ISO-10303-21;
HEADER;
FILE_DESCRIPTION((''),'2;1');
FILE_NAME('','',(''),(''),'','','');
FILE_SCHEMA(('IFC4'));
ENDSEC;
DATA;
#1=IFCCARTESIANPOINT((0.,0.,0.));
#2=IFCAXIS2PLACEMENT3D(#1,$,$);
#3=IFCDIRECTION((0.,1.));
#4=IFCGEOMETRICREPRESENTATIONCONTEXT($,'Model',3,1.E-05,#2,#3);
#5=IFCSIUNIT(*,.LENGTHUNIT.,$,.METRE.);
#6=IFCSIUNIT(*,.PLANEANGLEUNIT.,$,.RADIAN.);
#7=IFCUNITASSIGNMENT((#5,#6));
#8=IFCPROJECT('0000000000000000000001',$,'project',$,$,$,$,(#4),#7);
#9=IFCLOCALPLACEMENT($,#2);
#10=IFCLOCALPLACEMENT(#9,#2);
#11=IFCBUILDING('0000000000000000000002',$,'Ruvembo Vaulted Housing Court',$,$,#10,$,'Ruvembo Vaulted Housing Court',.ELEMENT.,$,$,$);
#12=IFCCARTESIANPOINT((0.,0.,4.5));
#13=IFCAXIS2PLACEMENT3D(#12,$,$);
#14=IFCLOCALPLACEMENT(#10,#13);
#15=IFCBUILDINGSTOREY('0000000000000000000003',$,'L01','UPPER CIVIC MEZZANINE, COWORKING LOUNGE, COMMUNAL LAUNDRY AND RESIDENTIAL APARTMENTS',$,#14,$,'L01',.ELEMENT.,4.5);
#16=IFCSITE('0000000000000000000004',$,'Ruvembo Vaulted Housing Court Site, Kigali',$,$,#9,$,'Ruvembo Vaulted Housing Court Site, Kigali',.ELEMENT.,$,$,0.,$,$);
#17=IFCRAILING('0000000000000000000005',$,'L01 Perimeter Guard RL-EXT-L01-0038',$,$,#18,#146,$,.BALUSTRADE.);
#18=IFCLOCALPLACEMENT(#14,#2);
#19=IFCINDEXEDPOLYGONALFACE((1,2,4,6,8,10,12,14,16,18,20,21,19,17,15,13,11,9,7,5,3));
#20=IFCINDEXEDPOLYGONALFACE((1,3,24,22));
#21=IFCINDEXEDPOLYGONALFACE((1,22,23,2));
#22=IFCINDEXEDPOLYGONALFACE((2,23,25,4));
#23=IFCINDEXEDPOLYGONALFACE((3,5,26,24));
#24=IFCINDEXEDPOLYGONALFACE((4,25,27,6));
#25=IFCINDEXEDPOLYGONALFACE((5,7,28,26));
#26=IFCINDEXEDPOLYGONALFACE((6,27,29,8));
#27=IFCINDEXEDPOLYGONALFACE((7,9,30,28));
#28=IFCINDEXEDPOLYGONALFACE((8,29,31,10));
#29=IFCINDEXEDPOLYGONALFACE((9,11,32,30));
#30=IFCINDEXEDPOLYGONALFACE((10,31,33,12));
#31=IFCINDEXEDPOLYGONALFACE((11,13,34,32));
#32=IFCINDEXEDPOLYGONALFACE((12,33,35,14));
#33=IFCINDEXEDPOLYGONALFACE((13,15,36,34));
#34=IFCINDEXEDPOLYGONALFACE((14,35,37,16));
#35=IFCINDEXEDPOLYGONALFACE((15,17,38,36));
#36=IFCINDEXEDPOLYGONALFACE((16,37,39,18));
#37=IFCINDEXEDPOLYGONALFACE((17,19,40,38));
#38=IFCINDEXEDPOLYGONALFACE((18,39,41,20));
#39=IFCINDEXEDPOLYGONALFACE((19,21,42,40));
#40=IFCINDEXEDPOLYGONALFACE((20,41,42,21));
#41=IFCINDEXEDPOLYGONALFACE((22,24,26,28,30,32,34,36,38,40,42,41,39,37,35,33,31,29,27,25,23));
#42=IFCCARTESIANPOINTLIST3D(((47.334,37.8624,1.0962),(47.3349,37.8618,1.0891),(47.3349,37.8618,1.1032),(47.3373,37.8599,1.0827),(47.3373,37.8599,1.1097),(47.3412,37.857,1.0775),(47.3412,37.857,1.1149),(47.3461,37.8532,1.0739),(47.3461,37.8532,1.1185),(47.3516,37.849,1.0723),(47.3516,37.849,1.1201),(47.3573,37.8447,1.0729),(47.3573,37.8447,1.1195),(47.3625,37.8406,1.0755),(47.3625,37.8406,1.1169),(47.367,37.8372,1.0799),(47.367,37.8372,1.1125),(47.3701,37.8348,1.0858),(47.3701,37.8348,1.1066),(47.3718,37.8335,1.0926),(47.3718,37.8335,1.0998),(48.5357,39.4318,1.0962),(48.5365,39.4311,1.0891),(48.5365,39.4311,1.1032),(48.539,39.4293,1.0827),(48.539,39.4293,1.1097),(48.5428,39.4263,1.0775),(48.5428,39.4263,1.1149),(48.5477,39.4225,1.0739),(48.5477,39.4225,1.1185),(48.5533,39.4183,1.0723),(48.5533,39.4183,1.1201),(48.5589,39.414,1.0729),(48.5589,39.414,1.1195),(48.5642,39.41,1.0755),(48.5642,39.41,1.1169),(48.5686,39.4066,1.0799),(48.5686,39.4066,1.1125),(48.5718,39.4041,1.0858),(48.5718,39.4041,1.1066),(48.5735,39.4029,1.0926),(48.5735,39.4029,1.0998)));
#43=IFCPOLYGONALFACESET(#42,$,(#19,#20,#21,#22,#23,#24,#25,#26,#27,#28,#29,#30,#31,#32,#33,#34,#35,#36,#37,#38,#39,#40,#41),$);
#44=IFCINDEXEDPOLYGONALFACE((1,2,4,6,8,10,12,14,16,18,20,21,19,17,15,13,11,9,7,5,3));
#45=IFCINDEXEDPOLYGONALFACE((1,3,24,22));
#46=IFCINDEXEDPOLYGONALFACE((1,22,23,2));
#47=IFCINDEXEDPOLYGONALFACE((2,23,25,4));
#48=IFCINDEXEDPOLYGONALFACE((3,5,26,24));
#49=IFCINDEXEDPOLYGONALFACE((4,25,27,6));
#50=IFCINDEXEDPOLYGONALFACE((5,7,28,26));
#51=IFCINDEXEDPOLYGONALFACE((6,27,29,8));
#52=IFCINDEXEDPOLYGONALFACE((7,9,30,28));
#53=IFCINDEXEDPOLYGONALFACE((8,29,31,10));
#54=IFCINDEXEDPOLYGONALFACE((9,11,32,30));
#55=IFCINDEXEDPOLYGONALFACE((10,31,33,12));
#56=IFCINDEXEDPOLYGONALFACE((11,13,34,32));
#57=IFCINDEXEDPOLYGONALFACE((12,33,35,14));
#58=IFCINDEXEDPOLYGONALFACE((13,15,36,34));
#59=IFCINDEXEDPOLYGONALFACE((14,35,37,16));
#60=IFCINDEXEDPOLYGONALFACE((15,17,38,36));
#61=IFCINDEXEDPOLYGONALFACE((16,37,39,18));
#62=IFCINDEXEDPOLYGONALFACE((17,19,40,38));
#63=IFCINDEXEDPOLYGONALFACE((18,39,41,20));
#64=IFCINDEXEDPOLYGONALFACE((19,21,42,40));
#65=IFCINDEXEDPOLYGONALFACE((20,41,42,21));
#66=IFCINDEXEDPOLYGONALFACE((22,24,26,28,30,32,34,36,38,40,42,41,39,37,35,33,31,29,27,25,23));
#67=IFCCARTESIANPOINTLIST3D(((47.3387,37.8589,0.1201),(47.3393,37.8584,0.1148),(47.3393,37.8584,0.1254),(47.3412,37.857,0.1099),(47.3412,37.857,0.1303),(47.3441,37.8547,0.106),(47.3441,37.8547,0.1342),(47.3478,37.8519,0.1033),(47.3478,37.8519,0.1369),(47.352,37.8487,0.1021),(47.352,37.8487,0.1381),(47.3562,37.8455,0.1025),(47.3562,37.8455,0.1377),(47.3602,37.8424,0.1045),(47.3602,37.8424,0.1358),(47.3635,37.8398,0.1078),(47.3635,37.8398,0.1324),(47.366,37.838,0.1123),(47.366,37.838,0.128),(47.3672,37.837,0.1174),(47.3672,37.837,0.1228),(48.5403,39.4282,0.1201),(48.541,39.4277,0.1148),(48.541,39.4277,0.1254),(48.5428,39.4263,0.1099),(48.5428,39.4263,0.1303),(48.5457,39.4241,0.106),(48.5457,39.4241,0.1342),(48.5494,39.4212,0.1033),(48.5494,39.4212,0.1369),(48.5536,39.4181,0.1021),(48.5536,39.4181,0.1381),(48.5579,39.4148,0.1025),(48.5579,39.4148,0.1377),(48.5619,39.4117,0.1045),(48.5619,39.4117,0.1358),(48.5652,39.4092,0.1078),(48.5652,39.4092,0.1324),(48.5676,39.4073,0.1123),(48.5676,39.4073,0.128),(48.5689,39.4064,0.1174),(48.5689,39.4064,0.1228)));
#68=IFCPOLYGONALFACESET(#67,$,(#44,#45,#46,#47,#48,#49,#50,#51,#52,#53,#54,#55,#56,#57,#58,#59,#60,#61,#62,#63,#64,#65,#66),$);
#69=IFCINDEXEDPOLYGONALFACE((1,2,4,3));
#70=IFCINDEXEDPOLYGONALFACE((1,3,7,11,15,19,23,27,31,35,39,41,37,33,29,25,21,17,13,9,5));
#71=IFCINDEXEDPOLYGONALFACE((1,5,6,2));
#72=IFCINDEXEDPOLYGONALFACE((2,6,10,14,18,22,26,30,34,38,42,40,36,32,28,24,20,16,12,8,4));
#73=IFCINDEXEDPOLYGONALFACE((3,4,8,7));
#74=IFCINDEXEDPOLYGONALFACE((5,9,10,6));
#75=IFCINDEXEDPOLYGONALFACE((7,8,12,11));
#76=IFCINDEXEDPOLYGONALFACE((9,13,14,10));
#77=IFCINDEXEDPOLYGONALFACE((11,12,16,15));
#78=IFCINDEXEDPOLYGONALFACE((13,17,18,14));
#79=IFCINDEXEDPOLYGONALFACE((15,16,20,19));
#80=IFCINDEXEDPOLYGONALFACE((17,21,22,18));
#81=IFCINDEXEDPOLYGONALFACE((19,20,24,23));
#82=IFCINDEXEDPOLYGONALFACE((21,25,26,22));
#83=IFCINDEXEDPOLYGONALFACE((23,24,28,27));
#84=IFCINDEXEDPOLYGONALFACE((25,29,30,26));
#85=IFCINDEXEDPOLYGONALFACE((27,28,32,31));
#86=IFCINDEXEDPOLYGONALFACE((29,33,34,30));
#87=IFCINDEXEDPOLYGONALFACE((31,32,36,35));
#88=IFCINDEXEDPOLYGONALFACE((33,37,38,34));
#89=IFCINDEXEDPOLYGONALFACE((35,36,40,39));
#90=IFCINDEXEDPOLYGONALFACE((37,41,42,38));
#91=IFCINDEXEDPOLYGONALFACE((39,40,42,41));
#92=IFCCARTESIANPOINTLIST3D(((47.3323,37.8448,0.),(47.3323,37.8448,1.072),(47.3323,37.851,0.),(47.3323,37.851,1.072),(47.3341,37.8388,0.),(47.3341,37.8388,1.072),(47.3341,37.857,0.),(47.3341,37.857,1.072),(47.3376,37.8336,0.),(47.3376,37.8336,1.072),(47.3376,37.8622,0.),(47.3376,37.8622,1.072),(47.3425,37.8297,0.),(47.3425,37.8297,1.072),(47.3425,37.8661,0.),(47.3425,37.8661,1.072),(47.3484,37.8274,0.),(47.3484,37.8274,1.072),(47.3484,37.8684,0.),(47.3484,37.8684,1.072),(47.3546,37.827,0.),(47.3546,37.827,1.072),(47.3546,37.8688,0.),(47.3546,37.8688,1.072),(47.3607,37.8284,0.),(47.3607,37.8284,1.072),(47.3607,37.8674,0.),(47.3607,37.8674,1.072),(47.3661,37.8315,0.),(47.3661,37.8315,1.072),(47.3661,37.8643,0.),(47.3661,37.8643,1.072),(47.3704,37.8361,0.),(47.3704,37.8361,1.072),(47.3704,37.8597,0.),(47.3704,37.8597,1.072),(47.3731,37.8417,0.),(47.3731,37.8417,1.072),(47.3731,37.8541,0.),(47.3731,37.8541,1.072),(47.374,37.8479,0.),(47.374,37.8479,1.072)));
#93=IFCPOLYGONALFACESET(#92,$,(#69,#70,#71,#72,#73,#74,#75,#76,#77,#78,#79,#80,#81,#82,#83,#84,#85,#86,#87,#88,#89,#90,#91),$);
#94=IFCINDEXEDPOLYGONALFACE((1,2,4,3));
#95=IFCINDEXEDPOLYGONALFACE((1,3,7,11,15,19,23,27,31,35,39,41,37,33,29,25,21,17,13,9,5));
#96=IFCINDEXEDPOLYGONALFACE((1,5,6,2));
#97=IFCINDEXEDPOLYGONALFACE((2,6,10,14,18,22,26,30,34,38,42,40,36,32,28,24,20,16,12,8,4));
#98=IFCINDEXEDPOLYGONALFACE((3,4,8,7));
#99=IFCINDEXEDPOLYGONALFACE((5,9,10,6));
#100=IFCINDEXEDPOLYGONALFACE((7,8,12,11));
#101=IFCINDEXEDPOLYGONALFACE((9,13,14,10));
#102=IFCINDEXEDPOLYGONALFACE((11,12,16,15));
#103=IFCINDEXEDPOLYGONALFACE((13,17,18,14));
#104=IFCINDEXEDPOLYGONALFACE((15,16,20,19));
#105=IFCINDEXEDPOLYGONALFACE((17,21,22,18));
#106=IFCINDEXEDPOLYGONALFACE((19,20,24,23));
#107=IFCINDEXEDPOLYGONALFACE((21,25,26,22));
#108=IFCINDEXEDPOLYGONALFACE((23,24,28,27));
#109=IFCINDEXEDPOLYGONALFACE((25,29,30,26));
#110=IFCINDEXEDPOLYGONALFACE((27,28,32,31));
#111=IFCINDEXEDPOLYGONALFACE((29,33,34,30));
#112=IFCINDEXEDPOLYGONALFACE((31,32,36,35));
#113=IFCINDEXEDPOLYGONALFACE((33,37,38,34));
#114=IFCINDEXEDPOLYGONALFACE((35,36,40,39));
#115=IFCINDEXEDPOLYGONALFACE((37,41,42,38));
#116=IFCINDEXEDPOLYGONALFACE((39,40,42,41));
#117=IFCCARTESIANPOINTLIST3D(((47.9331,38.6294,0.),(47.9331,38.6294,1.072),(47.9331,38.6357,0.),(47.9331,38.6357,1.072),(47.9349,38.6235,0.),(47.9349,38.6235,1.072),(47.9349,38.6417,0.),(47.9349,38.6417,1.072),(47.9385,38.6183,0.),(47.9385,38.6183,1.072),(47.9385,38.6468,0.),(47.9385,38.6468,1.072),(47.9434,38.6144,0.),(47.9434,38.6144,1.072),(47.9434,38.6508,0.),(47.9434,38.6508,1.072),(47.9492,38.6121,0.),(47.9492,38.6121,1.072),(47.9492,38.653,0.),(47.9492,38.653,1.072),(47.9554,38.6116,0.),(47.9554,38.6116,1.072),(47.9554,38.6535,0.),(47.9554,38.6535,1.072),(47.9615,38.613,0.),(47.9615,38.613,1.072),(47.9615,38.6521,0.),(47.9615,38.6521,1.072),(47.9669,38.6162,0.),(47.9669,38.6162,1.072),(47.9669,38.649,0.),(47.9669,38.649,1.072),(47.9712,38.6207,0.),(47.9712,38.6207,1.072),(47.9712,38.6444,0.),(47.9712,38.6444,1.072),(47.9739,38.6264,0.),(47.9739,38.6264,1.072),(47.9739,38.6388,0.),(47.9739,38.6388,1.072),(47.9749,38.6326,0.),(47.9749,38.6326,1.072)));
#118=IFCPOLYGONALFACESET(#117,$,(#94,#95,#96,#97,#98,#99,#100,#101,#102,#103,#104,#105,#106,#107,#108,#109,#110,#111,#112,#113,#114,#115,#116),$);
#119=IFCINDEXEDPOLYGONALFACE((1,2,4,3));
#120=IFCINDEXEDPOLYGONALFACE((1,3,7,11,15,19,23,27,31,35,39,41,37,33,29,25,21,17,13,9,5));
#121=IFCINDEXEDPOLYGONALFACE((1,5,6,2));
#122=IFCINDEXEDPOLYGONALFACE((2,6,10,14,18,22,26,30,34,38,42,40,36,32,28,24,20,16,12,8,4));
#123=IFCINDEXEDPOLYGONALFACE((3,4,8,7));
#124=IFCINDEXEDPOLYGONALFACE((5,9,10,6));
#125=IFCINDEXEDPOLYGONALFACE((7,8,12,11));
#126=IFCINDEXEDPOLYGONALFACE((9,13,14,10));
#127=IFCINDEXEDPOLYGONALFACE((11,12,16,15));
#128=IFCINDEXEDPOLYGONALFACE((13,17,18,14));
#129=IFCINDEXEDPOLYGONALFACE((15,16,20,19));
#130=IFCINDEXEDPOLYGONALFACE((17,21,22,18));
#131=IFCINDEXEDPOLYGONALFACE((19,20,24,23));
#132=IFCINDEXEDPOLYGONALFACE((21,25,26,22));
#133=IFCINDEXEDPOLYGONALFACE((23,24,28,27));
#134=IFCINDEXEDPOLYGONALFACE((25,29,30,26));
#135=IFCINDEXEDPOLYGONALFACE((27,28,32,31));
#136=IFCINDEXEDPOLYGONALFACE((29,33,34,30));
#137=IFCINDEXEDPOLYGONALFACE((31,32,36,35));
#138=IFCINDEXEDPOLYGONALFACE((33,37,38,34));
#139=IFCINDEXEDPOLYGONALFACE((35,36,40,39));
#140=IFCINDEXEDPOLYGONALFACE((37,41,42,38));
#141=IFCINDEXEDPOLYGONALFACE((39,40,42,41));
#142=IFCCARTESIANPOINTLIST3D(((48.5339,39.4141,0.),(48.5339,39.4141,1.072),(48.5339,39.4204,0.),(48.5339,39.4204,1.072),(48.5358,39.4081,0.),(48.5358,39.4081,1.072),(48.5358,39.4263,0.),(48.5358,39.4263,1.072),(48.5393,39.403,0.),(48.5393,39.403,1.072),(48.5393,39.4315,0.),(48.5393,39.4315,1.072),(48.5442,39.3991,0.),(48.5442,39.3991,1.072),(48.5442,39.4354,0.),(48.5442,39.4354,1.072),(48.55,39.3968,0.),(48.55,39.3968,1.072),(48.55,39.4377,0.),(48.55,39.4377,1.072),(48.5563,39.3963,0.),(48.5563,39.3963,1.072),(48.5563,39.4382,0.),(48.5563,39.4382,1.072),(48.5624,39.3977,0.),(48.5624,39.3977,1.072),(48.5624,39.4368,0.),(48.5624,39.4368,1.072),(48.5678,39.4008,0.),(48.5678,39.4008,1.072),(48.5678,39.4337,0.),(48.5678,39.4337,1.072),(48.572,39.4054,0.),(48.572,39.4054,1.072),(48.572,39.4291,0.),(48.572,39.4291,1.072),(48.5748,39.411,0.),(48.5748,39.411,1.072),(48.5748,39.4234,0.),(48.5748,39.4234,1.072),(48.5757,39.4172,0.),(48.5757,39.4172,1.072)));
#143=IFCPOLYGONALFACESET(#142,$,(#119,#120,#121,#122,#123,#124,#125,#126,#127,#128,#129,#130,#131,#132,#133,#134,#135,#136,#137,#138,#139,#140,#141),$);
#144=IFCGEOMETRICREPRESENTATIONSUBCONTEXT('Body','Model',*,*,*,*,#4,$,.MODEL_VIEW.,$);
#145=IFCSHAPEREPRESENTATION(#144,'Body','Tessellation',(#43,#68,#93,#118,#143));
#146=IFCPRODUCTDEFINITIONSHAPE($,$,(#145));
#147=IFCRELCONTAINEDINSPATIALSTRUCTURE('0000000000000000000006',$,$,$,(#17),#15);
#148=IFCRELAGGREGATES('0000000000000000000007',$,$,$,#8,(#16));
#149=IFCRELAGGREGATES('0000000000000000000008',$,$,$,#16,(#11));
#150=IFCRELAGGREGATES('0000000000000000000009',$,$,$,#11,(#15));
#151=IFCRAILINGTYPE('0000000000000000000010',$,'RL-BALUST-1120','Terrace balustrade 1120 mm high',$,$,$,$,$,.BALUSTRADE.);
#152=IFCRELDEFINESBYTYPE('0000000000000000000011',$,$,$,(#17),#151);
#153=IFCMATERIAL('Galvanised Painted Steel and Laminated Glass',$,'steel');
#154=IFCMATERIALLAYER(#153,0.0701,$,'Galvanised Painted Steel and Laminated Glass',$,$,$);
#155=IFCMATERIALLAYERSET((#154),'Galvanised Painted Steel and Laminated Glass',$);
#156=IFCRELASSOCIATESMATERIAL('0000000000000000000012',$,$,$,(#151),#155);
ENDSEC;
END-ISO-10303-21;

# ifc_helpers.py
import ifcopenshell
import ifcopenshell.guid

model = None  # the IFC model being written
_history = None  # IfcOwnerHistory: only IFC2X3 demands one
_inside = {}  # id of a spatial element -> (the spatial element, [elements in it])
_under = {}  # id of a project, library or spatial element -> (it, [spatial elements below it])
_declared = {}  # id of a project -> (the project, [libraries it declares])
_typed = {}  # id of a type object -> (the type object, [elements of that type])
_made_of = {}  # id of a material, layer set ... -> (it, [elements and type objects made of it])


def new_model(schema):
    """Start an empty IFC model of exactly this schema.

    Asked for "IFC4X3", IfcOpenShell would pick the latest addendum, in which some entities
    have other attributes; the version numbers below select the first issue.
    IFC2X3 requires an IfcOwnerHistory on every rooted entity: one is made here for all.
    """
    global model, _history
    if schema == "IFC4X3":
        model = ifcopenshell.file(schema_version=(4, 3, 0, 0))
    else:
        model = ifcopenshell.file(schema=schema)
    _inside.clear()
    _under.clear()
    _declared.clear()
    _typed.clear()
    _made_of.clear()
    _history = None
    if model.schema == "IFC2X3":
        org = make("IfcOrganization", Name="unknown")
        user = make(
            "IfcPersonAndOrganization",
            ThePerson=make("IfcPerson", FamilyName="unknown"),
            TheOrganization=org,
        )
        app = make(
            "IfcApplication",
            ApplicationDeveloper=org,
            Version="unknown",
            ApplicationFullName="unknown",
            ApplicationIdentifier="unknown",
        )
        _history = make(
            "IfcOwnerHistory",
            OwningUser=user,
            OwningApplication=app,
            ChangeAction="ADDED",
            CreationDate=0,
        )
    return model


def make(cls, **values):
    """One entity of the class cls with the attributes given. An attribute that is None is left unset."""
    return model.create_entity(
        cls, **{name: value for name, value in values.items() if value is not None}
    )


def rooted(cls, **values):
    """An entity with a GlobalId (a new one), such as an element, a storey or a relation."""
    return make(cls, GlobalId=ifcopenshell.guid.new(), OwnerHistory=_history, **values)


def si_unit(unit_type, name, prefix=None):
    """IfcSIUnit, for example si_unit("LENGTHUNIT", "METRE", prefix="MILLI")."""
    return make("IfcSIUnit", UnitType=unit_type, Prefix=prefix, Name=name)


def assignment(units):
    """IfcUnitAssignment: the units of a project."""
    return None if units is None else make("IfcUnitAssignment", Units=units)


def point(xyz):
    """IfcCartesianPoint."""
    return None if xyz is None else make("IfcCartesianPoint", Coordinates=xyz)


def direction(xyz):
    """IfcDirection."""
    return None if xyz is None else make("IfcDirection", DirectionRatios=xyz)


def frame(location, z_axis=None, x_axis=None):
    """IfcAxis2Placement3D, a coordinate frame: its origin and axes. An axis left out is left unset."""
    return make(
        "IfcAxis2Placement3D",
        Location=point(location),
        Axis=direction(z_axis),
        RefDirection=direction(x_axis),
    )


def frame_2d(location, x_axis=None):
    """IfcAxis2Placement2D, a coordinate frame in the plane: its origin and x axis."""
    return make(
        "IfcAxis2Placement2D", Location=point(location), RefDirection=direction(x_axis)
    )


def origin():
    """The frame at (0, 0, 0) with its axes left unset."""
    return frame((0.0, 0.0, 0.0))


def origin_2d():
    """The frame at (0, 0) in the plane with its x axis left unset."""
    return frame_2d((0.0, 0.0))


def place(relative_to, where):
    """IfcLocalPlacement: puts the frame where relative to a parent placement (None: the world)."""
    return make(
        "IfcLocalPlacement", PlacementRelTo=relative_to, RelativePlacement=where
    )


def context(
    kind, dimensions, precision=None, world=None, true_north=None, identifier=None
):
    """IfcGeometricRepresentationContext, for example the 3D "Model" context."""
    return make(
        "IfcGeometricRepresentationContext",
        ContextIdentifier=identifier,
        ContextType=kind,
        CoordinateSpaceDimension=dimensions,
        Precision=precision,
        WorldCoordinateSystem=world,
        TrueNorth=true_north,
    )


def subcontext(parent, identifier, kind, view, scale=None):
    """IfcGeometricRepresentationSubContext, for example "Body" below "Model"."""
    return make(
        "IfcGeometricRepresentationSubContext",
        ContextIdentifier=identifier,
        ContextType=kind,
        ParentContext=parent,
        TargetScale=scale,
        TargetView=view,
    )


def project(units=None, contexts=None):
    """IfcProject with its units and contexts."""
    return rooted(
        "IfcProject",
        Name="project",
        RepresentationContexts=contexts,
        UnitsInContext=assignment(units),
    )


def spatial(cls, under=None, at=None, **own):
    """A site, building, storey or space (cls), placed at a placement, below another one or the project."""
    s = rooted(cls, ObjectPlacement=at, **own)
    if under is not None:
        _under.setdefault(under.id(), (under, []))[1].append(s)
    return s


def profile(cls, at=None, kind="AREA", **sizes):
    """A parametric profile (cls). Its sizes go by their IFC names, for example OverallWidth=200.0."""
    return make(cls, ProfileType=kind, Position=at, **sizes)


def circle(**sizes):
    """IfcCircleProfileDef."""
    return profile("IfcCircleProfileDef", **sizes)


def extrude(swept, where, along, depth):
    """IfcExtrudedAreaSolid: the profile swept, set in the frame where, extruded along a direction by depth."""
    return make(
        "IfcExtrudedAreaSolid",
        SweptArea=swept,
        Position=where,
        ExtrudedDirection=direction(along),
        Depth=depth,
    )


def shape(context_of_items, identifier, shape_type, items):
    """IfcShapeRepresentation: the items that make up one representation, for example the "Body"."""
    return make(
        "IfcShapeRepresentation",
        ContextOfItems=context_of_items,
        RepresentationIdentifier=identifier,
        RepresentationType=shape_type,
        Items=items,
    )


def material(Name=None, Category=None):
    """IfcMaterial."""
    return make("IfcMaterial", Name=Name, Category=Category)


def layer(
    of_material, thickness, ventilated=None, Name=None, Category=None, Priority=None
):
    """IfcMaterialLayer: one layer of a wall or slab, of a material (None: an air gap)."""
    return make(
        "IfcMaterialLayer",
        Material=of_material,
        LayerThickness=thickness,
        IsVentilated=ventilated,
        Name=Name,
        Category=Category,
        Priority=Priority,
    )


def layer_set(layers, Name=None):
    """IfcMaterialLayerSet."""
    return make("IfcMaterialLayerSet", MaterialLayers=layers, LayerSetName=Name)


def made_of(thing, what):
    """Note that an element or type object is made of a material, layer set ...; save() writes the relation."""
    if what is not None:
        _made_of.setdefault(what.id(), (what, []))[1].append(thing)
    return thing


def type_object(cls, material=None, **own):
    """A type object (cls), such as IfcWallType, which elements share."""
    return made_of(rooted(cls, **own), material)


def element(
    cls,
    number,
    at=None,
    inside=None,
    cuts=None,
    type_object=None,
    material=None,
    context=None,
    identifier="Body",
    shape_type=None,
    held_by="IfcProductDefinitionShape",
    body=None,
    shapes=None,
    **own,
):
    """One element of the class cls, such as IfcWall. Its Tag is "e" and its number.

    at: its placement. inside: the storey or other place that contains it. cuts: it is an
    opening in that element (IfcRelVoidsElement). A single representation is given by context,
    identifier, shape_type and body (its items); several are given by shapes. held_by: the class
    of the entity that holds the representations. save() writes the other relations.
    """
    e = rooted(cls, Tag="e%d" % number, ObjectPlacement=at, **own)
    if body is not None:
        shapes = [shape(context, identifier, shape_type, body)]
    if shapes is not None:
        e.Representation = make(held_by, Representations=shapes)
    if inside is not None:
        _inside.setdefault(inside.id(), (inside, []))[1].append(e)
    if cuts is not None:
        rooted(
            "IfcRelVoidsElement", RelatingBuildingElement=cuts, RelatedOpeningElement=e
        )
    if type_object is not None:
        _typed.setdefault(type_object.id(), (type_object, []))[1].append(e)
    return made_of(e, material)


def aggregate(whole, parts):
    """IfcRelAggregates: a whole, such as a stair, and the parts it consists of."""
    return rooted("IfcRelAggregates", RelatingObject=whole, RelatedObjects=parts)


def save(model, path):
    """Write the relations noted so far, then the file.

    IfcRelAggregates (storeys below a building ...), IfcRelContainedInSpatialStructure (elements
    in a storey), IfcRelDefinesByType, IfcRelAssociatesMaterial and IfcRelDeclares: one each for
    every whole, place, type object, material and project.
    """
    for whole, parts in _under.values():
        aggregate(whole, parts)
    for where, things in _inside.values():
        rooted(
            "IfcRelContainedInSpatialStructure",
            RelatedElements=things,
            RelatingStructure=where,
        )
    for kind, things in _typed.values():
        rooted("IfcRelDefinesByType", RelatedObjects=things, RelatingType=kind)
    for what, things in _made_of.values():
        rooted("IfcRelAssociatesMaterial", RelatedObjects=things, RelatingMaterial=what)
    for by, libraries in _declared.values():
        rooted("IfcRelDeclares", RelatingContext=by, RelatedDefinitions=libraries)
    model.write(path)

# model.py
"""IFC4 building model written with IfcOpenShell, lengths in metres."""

from ifc_helpers import new_model, si_unit, direction, frame, origin, origin_2d, place, context, subcontext, project, spatial, circle, extrude, material, layer, layer_set, type_object, element, save


model = new_model("IFC4")

# Units and contexts
model_context = context("Model", 3, precision=1e-05, world=origin(), true_north=direction((0.0, 1.0)))
body_context = subcontext(model_context, "Body", "Model", "MODEL_VIEW")
ifc_project = project(units=[si_unit("LENGTHUNIT", "METRE"), si_unit("PLANEANGLEUNIT", "RADIAN")], contexts=[model_context])

# Site, building, storey
site_placement = place(None, origin())
site = spatial("IfcSite", under=ifc_project, at=site_placement, Name="Ruvembo Vaulted Housing Court Site, Kigali", LongName="Ruvembo Vaulted Housing Court Site, Kigali", CompositionType="ELEMENT", RefElevation=0.0)
building_placement = place(site_placement, origin())
building = spatial("IfcBuilding", under=site, at=building_placement, Name="Ruvembo Vaulted Housing Court", LongName="Ruvembo Vaulted Housing Court", CompositionType="ELEMENT")
storey_placement = place(building_placement, frame((0.0, 0.0, 4.5)))
storey = spatial("IfcBuildingStorey", under=building, at=storey_placement, Name="L01", Description="UPPER CIVIC MEZZANINE, COWORKING LOUNGE, COMMUNAL LAUNDRY AND RESIDENTIAL APARTMENTS", LongName="L01", CompositionType="ELEMENT", Elevation=4.5)

# Railing
ifc_material_1 = material(Name="Galvanised Painted Steel and Laminated Glass", Category="steel")
ifc_layer_1 = layer(ifc_material_1, 0.0701, Name="Galvanised Painted Steel and Laminated Glass")
ifc_layer_set_1 = layer_set([ifc_layer_1], Name="Galvanised Painted Steel and Laminated Glass")
railing_type = type_object("IfcRailingType", Name="RL-BALUST-1120", Description="Terrace balustrade 1120 mm high", PredefinedType="BALUSTRADE", material=ifc_layer_set_1)
railing_1_placement = place(storey_placement, frame((47.353, 37.8479, 0.0)))
element("IfcRailing", 1, at=railing_1_placement, inside=storey, type_object=railing_type, Name="L01 Perimeter Guard RL-EXT-L01-0038", PredefinedType="BALUSTRADE", context=body_context, shape_type="SweptSolid", body=[
    extrude(circle(Radius=0.0239, at=origin_2d()), frame((0.0, 0.0, 1.0962), z_axis=(0.607954, 0.793972, 0.0), x_axis=(-0.793972, 0.607954, 0.0)), (0.0, 0.0, 1.0), 1.9766),
    extrude(circle(Radius=0.0181, at=origin_2d()), frame((0.0, 0.0, 0.1201), z_axis=(0.607954, 0.793972, 0.0), x_axis=(-0.793972, 0.607954, 0.0)), (0.0, 0.0, 1.0), 1.9766),
    extrude(circle(Radius=0.021, at=origin_2d()), origin(), (0.0, 0.0, 1.0), 1.072),
    extrude(circle(Radius=0.021, at=origin_2d()), frame((0.6008, 0.7847, 0.0)), (0.0, 0.0, 1.0), 1.072),
    extrude(circle(Radius=0.021, at=origin_2d()), frame((1.2017, 1.5693, 0.0)), (0.0, 0.0, 1.0), 1.072),
])

save(model, "model.ifc")
